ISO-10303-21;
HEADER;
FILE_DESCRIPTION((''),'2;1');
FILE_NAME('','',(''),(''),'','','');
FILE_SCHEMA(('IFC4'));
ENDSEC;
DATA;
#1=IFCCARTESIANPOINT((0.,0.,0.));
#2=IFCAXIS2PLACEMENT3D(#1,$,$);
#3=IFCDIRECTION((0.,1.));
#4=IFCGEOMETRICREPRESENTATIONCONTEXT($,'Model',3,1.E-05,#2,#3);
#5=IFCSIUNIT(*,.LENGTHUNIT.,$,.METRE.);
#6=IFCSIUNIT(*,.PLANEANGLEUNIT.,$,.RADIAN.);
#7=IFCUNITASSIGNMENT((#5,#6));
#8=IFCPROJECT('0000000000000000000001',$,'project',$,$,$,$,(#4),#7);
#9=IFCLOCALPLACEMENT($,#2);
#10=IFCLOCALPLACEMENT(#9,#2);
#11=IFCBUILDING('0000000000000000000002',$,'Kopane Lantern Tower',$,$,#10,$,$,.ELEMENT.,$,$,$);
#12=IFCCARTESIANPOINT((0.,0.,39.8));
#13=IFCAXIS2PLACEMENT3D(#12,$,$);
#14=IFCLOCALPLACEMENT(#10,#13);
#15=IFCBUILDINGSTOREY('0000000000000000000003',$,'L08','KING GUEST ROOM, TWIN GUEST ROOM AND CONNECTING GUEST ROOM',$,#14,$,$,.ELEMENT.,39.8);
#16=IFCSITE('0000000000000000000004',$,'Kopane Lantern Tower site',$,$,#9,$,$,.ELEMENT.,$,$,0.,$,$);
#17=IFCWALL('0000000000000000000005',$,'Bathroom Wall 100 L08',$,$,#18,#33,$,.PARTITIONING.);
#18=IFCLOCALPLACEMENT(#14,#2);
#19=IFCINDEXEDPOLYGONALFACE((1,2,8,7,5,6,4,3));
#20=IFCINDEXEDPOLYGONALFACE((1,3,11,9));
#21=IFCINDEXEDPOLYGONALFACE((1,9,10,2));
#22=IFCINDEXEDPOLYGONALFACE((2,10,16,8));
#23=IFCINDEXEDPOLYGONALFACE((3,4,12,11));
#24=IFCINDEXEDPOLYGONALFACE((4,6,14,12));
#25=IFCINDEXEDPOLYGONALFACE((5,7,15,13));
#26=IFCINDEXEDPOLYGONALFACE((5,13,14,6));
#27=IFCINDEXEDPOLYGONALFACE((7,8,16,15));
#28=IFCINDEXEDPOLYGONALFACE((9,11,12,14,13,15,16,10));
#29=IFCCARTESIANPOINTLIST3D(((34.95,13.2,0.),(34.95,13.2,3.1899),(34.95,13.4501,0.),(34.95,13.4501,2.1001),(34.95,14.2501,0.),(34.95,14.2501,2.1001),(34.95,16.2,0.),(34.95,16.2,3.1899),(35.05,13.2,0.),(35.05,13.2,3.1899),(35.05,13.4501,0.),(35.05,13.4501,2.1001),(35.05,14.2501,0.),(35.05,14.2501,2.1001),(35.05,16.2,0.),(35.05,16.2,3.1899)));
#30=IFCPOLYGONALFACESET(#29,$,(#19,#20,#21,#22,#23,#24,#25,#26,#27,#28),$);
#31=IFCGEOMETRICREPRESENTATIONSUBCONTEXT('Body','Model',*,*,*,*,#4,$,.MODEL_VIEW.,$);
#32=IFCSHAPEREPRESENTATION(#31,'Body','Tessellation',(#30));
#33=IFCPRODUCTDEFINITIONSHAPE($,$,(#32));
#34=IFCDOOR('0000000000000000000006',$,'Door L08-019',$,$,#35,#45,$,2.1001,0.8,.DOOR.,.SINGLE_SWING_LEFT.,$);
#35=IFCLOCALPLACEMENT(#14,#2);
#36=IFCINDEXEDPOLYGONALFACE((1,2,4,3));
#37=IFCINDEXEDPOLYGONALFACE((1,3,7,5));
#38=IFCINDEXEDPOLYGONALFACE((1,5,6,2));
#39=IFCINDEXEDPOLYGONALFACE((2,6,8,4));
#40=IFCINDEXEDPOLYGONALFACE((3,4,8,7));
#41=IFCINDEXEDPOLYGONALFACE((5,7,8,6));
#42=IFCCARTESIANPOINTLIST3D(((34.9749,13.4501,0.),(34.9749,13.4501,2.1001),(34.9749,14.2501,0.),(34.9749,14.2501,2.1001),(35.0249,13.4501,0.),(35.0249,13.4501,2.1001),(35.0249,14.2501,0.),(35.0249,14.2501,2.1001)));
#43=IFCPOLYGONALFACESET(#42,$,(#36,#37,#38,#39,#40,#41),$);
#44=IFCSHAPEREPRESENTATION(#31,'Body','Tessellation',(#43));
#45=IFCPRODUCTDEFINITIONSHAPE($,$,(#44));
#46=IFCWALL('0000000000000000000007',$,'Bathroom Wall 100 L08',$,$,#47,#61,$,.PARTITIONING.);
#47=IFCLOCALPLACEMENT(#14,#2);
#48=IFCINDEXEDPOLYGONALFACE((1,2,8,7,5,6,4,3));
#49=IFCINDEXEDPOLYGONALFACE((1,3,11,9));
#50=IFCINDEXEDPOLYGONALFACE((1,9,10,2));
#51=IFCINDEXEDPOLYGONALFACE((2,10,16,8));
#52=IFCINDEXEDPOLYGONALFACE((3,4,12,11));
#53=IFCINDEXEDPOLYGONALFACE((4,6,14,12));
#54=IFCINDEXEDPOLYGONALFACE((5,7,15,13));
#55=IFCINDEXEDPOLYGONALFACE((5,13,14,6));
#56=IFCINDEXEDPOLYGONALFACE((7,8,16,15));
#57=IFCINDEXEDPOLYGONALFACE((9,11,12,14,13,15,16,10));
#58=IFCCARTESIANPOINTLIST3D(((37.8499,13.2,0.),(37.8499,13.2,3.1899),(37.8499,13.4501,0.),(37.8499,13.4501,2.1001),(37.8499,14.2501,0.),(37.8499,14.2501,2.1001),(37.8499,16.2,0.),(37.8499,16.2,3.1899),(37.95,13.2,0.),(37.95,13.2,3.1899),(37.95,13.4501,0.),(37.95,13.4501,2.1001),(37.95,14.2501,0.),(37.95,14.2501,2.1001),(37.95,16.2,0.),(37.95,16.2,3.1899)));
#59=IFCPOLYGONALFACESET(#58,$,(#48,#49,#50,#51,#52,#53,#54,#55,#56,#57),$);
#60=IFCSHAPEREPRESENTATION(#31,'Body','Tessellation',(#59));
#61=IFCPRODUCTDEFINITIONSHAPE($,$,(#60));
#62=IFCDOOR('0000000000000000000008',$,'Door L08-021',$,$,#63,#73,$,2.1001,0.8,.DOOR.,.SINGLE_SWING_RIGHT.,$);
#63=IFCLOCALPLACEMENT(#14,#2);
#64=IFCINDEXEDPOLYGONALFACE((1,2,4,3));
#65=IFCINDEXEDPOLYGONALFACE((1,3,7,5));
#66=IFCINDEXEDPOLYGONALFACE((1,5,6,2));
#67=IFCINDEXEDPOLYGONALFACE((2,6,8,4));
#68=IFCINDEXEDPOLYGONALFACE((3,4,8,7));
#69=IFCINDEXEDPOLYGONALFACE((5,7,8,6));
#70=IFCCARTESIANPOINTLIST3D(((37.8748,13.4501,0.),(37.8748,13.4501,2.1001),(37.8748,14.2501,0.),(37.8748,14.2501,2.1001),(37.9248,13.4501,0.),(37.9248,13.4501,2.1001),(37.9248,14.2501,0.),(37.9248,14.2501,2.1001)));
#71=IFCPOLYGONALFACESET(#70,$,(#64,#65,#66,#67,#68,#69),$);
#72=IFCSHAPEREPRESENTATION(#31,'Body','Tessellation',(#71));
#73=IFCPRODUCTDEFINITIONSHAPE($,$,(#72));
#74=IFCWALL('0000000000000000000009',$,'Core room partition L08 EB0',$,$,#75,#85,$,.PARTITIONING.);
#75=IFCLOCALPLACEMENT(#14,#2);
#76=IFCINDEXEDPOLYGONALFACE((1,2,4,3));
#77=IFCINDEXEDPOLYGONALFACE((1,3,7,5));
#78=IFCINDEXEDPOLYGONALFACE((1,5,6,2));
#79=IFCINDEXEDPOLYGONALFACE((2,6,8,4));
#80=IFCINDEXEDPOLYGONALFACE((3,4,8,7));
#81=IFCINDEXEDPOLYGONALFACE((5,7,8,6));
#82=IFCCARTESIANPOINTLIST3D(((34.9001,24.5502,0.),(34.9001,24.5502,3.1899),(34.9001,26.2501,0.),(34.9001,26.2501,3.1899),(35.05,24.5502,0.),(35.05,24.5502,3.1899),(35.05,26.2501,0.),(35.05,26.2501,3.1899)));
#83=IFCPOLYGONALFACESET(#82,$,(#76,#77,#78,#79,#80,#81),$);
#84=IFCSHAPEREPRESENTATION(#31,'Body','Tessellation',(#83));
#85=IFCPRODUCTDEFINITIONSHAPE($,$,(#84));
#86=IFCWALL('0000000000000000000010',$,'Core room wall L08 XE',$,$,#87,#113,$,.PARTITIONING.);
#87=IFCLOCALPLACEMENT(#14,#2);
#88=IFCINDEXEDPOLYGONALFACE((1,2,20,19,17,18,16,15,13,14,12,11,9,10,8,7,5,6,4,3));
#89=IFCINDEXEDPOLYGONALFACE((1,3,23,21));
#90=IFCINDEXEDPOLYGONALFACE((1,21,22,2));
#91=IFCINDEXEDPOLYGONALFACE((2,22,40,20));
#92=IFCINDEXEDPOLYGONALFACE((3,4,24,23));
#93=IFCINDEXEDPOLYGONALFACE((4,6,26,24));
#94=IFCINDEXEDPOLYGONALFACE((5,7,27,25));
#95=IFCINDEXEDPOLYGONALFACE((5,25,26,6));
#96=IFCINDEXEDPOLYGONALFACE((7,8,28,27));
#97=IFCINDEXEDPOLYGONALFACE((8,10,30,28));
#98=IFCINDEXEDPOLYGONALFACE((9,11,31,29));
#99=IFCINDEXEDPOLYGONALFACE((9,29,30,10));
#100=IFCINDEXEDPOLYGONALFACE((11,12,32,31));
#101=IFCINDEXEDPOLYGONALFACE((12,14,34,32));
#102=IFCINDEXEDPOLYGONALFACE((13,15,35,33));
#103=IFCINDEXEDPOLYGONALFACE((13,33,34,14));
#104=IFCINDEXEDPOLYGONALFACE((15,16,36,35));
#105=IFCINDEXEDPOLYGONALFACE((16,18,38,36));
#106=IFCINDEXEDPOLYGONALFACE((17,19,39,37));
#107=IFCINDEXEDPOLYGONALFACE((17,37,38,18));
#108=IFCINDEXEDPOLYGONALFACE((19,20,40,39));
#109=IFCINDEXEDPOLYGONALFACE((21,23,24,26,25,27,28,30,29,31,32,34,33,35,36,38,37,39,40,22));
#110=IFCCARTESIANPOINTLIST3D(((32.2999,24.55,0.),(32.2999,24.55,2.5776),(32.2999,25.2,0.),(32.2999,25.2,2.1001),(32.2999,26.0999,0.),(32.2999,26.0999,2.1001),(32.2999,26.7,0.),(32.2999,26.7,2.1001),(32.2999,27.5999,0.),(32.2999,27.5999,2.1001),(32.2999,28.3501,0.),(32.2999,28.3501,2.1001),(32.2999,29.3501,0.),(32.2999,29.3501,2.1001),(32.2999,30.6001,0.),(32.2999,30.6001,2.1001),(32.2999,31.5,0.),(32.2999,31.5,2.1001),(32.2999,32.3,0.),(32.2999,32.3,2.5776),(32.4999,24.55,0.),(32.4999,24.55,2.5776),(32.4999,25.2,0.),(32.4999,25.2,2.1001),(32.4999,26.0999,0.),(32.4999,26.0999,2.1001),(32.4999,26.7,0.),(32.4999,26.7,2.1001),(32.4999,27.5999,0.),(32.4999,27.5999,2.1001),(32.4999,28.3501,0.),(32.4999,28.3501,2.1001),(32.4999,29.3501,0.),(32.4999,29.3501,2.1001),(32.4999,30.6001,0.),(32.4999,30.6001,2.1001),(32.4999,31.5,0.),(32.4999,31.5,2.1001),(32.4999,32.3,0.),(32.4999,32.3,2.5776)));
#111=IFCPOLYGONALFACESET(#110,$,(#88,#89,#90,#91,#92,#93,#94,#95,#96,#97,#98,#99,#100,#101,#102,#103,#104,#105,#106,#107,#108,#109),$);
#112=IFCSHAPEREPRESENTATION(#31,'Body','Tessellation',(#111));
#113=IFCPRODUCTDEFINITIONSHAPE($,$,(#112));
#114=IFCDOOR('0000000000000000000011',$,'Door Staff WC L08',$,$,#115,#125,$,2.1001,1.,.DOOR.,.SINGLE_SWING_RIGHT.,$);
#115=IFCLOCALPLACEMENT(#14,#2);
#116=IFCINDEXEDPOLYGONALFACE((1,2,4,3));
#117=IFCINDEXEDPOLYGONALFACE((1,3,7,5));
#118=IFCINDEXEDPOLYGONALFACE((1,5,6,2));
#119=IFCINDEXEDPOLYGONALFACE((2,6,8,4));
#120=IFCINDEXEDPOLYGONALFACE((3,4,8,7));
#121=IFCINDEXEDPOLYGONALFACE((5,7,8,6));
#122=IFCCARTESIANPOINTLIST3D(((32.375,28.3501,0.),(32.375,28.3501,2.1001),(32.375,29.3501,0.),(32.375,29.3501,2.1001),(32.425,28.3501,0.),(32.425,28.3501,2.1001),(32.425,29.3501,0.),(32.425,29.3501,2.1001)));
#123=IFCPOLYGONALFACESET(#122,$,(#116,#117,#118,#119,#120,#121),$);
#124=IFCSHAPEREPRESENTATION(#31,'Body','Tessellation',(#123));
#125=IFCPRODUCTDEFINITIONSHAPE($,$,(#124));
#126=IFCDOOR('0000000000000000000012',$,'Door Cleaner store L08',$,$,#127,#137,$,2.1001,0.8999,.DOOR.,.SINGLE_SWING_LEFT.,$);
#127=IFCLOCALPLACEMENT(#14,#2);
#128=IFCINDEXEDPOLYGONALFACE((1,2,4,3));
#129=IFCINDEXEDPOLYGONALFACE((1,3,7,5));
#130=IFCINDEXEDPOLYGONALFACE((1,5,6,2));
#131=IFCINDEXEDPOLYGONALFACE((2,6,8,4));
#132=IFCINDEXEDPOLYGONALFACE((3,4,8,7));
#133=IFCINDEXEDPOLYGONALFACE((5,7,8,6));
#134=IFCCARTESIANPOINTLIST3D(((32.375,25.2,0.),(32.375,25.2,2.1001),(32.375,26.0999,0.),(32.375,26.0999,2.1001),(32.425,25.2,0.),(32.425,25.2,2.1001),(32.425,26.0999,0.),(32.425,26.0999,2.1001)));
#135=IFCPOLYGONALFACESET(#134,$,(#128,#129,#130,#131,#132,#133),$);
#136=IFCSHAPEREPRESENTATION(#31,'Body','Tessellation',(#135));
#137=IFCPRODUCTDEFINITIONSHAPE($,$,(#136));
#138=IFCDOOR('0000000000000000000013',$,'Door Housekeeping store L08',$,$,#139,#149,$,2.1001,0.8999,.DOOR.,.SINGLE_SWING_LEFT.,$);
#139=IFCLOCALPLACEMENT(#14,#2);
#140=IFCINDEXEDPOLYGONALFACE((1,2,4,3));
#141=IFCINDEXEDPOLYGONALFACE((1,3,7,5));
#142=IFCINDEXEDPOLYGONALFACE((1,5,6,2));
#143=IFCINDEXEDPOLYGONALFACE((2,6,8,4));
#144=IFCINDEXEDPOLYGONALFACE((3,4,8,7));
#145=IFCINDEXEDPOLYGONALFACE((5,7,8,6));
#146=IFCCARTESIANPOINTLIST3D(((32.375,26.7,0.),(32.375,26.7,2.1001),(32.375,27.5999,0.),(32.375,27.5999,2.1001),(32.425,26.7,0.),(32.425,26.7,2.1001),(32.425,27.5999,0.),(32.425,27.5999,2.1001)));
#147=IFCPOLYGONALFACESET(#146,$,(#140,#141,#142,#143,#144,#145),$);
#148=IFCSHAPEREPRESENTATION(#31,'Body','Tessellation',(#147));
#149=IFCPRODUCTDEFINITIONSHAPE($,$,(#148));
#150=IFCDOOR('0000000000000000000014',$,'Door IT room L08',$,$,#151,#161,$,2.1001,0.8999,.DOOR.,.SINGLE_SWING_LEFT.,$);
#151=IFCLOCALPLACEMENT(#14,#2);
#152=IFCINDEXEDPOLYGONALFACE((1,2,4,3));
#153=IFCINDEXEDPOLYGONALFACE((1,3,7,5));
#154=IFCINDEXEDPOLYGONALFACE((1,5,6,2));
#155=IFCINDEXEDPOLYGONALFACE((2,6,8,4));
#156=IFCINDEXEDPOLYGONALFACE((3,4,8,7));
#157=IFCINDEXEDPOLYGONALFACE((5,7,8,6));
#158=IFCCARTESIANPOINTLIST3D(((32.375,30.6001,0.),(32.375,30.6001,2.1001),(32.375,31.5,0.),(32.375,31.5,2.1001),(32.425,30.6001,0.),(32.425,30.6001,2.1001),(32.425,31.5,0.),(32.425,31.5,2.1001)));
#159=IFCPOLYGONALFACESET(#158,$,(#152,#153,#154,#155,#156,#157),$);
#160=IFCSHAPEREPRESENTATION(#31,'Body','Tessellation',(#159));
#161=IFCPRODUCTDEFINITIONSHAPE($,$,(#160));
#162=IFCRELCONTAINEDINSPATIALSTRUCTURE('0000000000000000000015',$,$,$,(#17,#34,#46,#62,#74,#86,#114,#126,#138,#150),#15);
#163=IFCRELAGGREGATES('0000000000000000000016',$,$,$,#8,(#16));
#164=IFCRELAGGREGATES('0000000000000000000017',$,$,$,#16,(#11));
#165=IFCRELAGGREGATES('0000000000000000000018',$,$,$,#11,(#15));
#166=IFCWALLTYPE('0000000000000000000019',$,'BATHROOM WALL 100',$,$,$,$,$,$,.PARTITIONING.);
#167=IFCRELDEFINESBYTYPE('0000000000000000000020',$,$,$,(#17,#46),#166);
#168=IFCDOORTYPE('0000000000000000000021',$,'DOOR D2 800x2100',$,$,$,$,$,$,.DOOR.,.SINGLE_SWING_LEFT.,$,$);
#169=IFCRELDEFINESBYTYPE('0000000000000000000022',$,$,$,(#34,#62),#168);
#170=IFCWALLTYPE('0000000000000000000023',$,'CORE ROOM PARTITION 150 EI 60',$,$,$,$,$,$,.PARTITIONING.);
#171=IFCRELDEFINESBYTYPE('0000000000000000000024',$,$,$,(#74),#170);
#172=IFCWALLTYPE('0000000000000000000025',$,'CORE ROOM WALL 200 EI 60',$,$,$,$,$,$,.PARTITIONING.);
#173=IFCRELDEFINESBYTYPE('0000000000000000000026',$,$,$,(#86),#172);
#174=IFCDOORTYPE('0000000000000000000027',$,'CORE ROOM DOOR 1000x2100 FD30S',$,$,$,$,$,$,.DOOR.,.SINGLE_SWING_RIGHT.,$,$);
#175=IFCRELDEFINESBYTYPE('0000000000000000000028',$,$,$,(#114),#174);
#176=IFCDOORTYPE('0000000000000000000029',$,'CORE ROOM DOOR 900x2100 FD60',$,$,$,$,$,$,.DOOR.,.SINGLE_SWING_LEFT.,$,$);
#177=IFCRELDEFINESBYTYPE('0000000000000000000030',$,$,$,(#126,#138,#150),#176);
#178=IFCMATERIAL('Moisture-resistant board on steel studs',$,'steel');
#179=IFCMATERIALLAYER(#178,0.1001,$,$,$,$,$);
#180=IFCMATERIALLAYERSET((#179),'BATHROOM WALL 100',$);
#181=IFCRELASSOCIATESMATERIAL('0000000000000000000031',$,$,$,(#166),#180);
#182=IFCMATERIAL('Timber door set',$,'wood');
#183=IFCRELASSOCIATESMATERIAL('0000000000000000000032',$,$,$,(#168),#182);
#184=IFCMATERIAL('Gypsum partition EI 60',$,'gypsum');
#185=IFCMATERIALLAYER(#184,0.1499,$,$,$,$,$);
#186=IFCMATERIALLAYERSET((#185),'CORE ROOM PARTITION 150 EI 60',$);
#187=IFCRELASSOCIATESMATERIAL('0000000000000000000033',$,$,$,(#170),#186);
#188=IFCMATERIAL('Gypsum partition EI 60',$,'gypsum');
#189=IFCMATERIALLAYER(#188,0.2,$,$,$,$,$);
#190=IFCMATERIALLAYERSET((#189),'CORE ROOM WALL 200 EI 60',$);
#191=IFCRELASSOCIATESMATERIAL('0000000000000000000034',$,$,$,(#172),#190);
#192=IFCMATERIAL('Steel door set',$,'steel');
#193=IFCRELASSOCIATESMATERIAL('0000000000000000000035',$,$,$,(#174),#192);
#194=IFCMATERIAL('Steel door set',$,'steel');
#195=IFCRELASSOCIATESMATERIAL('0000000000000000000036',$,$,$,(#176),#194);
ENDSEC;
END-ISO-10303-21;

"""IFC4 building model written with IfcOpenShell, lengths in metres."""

from ifc_helpers import new_model, si_unit, direction, frame, frame_2d, origin, place, context, subcontext, project, spatial, rectangle, extrude, material, layer, layer_set, type_object, element, fill, save


model = new_model("IFC4")

# Units and contexts
model_context = context("Model", 3, precision=1e-05, world=origin(), true_north=direction((0.0, 1.0)))
body_context = subcontext(model_context, "Body", "Model", "MODEL_VIEW")
ifc_project = project(units=[si_unit("LENGTHUNIT", "METRE"), si_unit("PLANEANGLEUNIT", "RADIAN")], contexts=[model_context])

# Site, building, storey
site_placement = place(None, origin())
site = spatial("IfcSite", under=ifc_project, at=site_placement, Name="Kopane Lantern Tower site", CompositionType="ELEMENT", RefElevation=0.0)
building_placement = place(site_placement, origin())
building = spatial("IfcBuilding", under=site, at=building_placement, Name="Kopane Lantern Tower", CompositionType="ELEMENT")
storey_placement = place(building_placement, frame((0.0, 0.0, 39.8)))
storey = spatial("IfcBuildingStorey", under=building, at=storey_placement, Name="L08", Description="KING GUEST ROOM, TWIN GUEST ROOM AND CONNECTING GUEST ROOM", CompositionType="ELEMENT", Elevation=39.8)

# Walls, openings, doors
ifc_material_1 = material(Name="Moisture-resistant board on steel studs", Category="steel")
ifc_layer_1 = layer(ifc_material_1, 0.1001)
ifc_layer_set_1 = layer_set([ifc_layer_1], Name="BATHROOM WALL 100")
wall_type_1 = type_object("IfcWallType", Name="BATHROOM WALL 100", PredefinedType="PARTITIONING", material=ifc_layer_set_1)
wall_1_placement = place(storey_placement, frame((35.0, 16.2, 0.0), z_axis=(0.0, 0.0, 1.0), x_axis=(0.0, -1.0, 0.0)))
wall_1 = element("IfcWall", 1, at=wall_1_placement, inside=storey, type_object=wall_type_1, Name="Bathroom Wall 100 L08", PredefinedType="PARTITIONING", context=body_context, shape_type="SweptSolid", body=[
    extrude(rectangle(XDim=3.0, YDim=0.1001, at=frame_2d((1.5, 0.0))), origin(), (0.0, 0.0, 1.0), 3.1899),
])
opening_1_placement = place(wall_1_placement, frame((1.95, 0.0, 0.0)))
opening_1 = element("IfcOpeningElement", 2, at=opening_1_placement, cuts=wall_1, PredefinedType="OPENING", context=body_context, shape_type="SweptSolid", body=[
    extrude(rectangle(XDim=0.8, YDim=2.1001, at=frame_2d((0.3999, 1.05))), frame((0.0, 0.0601, 0.0), z_axis=(0.0, -1.0, 0.0), x_axis=(1.0, 0.0, 0.0)), (0.0, 0.0, 1.0), 0.1201),
])
ifc_material_2 = material(Name="Timber door set", Category="wood")
door_type_1 = type_object("IfcDoorType", Name="DOOR D2 800x2100", OperationType="SINGLE_SWING_LEFT", PredefinedType="DOOR", material=ifc_material_2)
door_1_placement = place(opening_1_placement, origin())
door_1 = element("IfcDoor", 3, at=door_1_placement, inside=storey, type_object=door_type_1, Name="Door L08-019", OperationType="SINGLE_SWING_LEFT", OverallHeight=2.1001, OverallWidth=0.8, PredefinedType="DOOR", context=body_context, shape_type="SweptSolid", body=[
    extrude(rectangle(XDim=0.8, YDim=2.1001, at=frame_2d((0.3999, 1.05))), frame((0.0, 0.0249, 0.0), z_axis=(0.0, -1.0, 0.0), x_axis=(1.0, 0.0, 0.0)), (0.0, 0.0, 1.0), 0.05),
])
fill(opening_1, door_1)
wall_2_placement = place(storey_placement, frame((37.8999, 16.2, 0.0), z_axis=(0.0, 0.0, 1.0), x_axis=(0.0, -1.0, 0.0)))
wall_2 = element("IfcWall", 4, at=wall_2_placement, inside=storey, type_object=wall_type_1, Name="Bathroom Wall 100 L08", PredefinedType="PARTITIONING", context=body_context, shape_type="SweptSolid", body=[
    extrude(rectangle(XDim=3.0, YDim=0.1001, at=frame_2d((1.5, 0.0))), origin(), (0.0, 0.0, 1.0), 3.1899),
])
opening_2_placement = place(wall_2_placement, frame((1.95, 0.0, 0.0)))
opening_2 = element("IfcOpeningElement", 5, at=opening_2_placement, cuts=wall_2, PredefinedType="OPENING", context=body_context, shape_type="SweptSolid", body=[
    extrude(rectangle(XDim=0.8, YDim=2.1001, at=frame_2d((0.3999, 1.05))), frame((0.0, 0.0601, 0.0), z_axis=(0.0, -1.0, 0.0), x_axis=(1.0, 0.0, 0.0)), (0.0, 0.0, 1.0), 0.1201),
])
door_2_placement = place(opening_2_placement, origin())
door_2 = element("IfcDoor", 6, at=door_2_placement, inside=storey, type_object=door_type_1, Name="Door L08-021", OperationType="SINGLE_SWING_RIGHT", OverallHeight=2.1001, OverallWidth=0.8, PredefinedType="DOOR", context=body_context, shape_type="SweptSolid", body=[
    extrude(rectangle(XDim=0.8, YDim=2.1001, at=frame_2d((0.3999, 1.05))), frame((0.0, 0.0249, 0.0), z_axis=(0.0, -1.0, 0.0), x_axis=(1.0, 0.0, 0.0)), (0.0, 0.0, 1.0), 0.05),
])
fill(opening_2, door_2)

# Wall
ifc_material_3 = material(Name="Gypsum partition EI 60", Category="gypsum")
ifc_layer_2 = layer(ifc_material_3, 0.1499)
ifc_layer_set_2 = layer_set([ifc_layer_2], Name="CORE ROOM PARTITION 150 EI 60")
wall_type_2 = type_object("IfcWallType", Name="CORE ROOM PARTITION 150 EI 60", PredefinedType="PARTITIONING", material=ifc_layer_set_2)
wall_3_placement = place(storey_placement, frame((34.9751, 24.55, 0.0), z_axis=(0.0, 0.0, 1.0), x_axis=(0.0, 1.0, 0.0)))
element("IfcWall", 7, at=wall_3_placement, inside=storey, type_object=wall_type_2, Name="Core room partition L08 EB0", PredefinedType="PARTITIONING", context=body_context, shape_type="SweptSolid", body=[
    extrude(rectangle(XDim=1.7, YDim=0.1499, at=frame_2d((0.8501, 0.0))), origin(), (0.0, 0.0, 1.0), 3.1899),
])

# Wall, openings, doors
ifc_material_4 = material(Name="Gypsum partition EI 60", Category="gypsum")
ifc_layer_3 = layer(ifc_material_4, 0.2)
ifc_layer_set_3 = layer_set([ifc_layer_3], Name="CORE ROOM WALL 200 EI 60")
wall_type_3 = type_object("IfcWallType", Name="CORE ROOM WALL 200 EI 60", PredefinedType="PARTITIONING", material=ifc_layer_set_3)
wall_4_placement = place(storey_placement, frame((32.3999, 24.55, 0.0), z_axis=(0.0, 0.0, 1.0), x_axis=(0.0, 1.0, 0.0)))
wall_4 = element("IfcWall", 8, at=wall_4_placement, inside=storey, type_object=wall_type_3, Name="Core room wall L08 XE", PredefinedType="PARTITIONING", context=body_context, shape_type="SweptSolid", body=[
    extrude(rectangle(XDim=7.75, YDim=0.2, at=frame_2d((3.875, 0.0))), origin(), (0.0, 0.0, 1.0), 2.5776),
])
opening_3_placement = place(wall_4_placement, frame((0.6499, 0.0, 0.0)))
opening_3 = element("IfcOpeningElement", 9, at=opening_3_placement, cuts=wall_4, PredefinedType="OPENING", context=body_context, shape_type="SweptSolid", body=[
    extrude(rectangle(XDim=0.8999, YDim=2.1001, at=frame_2d((0.45, 1.05))), frame((0.0, 0.1099, 0.0), z_axis=(0.0, -1.0, 0.0), x_axis=(1.0, 0.0, 0.0)), (0.0, 0.0, 1.0), 0.22),
])
opening_4_placement = place(wall_4_placement, frame((2.1499, 0.0, 0.0)))
opening_4 = element("IfcOpeningElement", 10, at=opening_4_placement, cuts=wall_4, PredefinedType="OPENING", context=body_context, shape_type="SweptSolid", body=[
    extrude(rectangle(XDim=0.8999, YDim=2.1001, at=frame_2d((0.45, 1.05))), frame((0.0, 0.1099, 0.0), z_axis=(0.0, -1.0, 0.0), x_axis=(1.0, 0.0, 0.0)), (0.0, 0.0, 1.0), 0.22),
])
opening_5_placement = place(wall_4_placement, frame((3.8, 0.0, 0.0)))
opening_5 = element("IfcOpeningElement", 11, at=opening_5_placement, cuts=wall_4, PredefinedType="OPENING", context=body_context, shape_type="SweptSolid", body=[
    extrude(rectangle(XDim=1.0, YDim=2.1001, at=frame_2d((0.5, 1.05))), frame((0.0, 0.1099, 0.0), z_axis=(0.0, -1.0, 0.0), x_axis=(1.0, 0.0, 0.0)), (0.0, 0.0, 1.0), 0.22),
])
opening_6_placement = place(wall_4_placement, frame((6.05, 0.0, 0.0)))
opening_6 = element("IfcOpeningElement", 12, at=opening_6_placement, cuts=wall_4, PredefinedType="OPENING", context=body_context, shape_type="SweptSolid", body=[
    extrude(rectangle(XDim=0.8999, YDim=2.1001, at=frame_2d((0.45, 1.05))), frame((0.0, 0.1099, 0.0), z_axis=(0.0, -1.0, 0.0), x_axis=(1.0, 0.0, 0.0)), (0.0, 0.0, 1.0), 0.22),
])
ifc_material_5 = material(Name="Steel door set", Category="steel")
door_type_2 = type_object("IfcDoorType", Name="CORE ROOM DOOR 1000x2100 FD30S", OperationType="SINGLE_SWING_RIGHT", PredefinedType="DOOR", material=ifc_material_5)
door_3_placement = place(opening_5_placement, origin())
door_3 = element("IfcDoor", 13, at=door_3_placement, inside=storey, type_object=door_type_2, Name="Door Staff WC L08", OperationType="SINGLE_SWING_RIGHT", OverallHeight=2.1001, OverallWidth=1.0, PredefinedType="DOOR", context=body_context, shape_type="SweptSolid", body=[
    extrude(rectangle(XDim=1.0, YDim=2.1001, at=frame_2d((0.5, 1.05))), frame((0.0, 0.0249, 0.0), z_axis=(0.0, -1.0, 0.0), x_axis=(1.0, 0.0, 0.0)), (0.0, 0.0, 1.0), 0.05),
])
fill(opening_5, door_3)
ifc_material_6 = material(Name="Steel door set", Category="steel")
door_type_3 = type_object("IfcDoorType", Name="CORE ROOM DOOR 900x2100 FD60", OperationType="SINGLE_SWING_LEFT", PredefinedType="DOOR", material=ifc_material_6)
door_4_placement = place(opening_3_placement, origin())
door_4 = element("IfcDoor", 14, at=door_4_placement, inside=storey, type_object=door_type_3, Name="Door Cleaner store L08", OperationType="SINGLE_SWING_LEFT", OverallHeight=2.1001, OverallWidth=0.8999, PredefinedType="DOOR", context=body_context, shape_type="SweptSolid", body=[
    extrude(rectangle(XDim=0.8999, YDim=2.1001, at=frame_2d((0.45, 1.05))), frame((0.0, 0.0249, 0.0), z_axis=(0.0, -1.0, 0.0), x_axis=(1.0, 0.0, 0.0)), (0.0, 0.0, 1.0), 0.05),
])
fill(opening_3, door_4)
door_5_placement = place(opening_4_placement, origin())
door_5 = element("IfcDoor", 15, at=door_5_placement, inside=storey, type_object=door_type_3, Name="Door Housekeeping store L08", OperationType="SINGLE_SWING_LEFT", OverallHeight=2.1001, OverallWidth=0.8999, PredefinedType="DOOR", context=body_context, shape_type="SweptSolid", body=[
    extrude(rectangle(XDim=0.8999, YDim=2.1001, at=frame_2d((0.45, 1.05))), frame((0.0, 0.0249, 0.0), z_axis=(0.0, -1.0, 0.0), x_axis=(1.0, 0.0, 0.0)), (0.0, 0.0, 1.0), 0.05),
])
fill(opening_4, door_5)
door_6_placement = place(opening_6_placement, origin())
door_6 = element("IfcDoor", 16, at=door_6_placement, inside=storey, type_object=door_type_3, Name="Door IT room L08", OperationType="SINGLE_SWING_LEFT", OverallHeight=2.1001, OverallWidth=0.8999, PredefinedType="DOOR", context=body_context, shape_type="SweptSolid", body=[
    extrude(rectangle(XDim=0.8999, YDim=2.1001, at=frame_2d((0.45, 1.05))), frame((0.0, 0.0249, 0.0), z_axis=(0.0, -1.0, 0.0), x_axis=(1.0, 0.0, 0.0)), (0.0, 0.0, 1.0), 0.05),
])
fill(opening_6, door_6)

save(model, "model.ifc")
